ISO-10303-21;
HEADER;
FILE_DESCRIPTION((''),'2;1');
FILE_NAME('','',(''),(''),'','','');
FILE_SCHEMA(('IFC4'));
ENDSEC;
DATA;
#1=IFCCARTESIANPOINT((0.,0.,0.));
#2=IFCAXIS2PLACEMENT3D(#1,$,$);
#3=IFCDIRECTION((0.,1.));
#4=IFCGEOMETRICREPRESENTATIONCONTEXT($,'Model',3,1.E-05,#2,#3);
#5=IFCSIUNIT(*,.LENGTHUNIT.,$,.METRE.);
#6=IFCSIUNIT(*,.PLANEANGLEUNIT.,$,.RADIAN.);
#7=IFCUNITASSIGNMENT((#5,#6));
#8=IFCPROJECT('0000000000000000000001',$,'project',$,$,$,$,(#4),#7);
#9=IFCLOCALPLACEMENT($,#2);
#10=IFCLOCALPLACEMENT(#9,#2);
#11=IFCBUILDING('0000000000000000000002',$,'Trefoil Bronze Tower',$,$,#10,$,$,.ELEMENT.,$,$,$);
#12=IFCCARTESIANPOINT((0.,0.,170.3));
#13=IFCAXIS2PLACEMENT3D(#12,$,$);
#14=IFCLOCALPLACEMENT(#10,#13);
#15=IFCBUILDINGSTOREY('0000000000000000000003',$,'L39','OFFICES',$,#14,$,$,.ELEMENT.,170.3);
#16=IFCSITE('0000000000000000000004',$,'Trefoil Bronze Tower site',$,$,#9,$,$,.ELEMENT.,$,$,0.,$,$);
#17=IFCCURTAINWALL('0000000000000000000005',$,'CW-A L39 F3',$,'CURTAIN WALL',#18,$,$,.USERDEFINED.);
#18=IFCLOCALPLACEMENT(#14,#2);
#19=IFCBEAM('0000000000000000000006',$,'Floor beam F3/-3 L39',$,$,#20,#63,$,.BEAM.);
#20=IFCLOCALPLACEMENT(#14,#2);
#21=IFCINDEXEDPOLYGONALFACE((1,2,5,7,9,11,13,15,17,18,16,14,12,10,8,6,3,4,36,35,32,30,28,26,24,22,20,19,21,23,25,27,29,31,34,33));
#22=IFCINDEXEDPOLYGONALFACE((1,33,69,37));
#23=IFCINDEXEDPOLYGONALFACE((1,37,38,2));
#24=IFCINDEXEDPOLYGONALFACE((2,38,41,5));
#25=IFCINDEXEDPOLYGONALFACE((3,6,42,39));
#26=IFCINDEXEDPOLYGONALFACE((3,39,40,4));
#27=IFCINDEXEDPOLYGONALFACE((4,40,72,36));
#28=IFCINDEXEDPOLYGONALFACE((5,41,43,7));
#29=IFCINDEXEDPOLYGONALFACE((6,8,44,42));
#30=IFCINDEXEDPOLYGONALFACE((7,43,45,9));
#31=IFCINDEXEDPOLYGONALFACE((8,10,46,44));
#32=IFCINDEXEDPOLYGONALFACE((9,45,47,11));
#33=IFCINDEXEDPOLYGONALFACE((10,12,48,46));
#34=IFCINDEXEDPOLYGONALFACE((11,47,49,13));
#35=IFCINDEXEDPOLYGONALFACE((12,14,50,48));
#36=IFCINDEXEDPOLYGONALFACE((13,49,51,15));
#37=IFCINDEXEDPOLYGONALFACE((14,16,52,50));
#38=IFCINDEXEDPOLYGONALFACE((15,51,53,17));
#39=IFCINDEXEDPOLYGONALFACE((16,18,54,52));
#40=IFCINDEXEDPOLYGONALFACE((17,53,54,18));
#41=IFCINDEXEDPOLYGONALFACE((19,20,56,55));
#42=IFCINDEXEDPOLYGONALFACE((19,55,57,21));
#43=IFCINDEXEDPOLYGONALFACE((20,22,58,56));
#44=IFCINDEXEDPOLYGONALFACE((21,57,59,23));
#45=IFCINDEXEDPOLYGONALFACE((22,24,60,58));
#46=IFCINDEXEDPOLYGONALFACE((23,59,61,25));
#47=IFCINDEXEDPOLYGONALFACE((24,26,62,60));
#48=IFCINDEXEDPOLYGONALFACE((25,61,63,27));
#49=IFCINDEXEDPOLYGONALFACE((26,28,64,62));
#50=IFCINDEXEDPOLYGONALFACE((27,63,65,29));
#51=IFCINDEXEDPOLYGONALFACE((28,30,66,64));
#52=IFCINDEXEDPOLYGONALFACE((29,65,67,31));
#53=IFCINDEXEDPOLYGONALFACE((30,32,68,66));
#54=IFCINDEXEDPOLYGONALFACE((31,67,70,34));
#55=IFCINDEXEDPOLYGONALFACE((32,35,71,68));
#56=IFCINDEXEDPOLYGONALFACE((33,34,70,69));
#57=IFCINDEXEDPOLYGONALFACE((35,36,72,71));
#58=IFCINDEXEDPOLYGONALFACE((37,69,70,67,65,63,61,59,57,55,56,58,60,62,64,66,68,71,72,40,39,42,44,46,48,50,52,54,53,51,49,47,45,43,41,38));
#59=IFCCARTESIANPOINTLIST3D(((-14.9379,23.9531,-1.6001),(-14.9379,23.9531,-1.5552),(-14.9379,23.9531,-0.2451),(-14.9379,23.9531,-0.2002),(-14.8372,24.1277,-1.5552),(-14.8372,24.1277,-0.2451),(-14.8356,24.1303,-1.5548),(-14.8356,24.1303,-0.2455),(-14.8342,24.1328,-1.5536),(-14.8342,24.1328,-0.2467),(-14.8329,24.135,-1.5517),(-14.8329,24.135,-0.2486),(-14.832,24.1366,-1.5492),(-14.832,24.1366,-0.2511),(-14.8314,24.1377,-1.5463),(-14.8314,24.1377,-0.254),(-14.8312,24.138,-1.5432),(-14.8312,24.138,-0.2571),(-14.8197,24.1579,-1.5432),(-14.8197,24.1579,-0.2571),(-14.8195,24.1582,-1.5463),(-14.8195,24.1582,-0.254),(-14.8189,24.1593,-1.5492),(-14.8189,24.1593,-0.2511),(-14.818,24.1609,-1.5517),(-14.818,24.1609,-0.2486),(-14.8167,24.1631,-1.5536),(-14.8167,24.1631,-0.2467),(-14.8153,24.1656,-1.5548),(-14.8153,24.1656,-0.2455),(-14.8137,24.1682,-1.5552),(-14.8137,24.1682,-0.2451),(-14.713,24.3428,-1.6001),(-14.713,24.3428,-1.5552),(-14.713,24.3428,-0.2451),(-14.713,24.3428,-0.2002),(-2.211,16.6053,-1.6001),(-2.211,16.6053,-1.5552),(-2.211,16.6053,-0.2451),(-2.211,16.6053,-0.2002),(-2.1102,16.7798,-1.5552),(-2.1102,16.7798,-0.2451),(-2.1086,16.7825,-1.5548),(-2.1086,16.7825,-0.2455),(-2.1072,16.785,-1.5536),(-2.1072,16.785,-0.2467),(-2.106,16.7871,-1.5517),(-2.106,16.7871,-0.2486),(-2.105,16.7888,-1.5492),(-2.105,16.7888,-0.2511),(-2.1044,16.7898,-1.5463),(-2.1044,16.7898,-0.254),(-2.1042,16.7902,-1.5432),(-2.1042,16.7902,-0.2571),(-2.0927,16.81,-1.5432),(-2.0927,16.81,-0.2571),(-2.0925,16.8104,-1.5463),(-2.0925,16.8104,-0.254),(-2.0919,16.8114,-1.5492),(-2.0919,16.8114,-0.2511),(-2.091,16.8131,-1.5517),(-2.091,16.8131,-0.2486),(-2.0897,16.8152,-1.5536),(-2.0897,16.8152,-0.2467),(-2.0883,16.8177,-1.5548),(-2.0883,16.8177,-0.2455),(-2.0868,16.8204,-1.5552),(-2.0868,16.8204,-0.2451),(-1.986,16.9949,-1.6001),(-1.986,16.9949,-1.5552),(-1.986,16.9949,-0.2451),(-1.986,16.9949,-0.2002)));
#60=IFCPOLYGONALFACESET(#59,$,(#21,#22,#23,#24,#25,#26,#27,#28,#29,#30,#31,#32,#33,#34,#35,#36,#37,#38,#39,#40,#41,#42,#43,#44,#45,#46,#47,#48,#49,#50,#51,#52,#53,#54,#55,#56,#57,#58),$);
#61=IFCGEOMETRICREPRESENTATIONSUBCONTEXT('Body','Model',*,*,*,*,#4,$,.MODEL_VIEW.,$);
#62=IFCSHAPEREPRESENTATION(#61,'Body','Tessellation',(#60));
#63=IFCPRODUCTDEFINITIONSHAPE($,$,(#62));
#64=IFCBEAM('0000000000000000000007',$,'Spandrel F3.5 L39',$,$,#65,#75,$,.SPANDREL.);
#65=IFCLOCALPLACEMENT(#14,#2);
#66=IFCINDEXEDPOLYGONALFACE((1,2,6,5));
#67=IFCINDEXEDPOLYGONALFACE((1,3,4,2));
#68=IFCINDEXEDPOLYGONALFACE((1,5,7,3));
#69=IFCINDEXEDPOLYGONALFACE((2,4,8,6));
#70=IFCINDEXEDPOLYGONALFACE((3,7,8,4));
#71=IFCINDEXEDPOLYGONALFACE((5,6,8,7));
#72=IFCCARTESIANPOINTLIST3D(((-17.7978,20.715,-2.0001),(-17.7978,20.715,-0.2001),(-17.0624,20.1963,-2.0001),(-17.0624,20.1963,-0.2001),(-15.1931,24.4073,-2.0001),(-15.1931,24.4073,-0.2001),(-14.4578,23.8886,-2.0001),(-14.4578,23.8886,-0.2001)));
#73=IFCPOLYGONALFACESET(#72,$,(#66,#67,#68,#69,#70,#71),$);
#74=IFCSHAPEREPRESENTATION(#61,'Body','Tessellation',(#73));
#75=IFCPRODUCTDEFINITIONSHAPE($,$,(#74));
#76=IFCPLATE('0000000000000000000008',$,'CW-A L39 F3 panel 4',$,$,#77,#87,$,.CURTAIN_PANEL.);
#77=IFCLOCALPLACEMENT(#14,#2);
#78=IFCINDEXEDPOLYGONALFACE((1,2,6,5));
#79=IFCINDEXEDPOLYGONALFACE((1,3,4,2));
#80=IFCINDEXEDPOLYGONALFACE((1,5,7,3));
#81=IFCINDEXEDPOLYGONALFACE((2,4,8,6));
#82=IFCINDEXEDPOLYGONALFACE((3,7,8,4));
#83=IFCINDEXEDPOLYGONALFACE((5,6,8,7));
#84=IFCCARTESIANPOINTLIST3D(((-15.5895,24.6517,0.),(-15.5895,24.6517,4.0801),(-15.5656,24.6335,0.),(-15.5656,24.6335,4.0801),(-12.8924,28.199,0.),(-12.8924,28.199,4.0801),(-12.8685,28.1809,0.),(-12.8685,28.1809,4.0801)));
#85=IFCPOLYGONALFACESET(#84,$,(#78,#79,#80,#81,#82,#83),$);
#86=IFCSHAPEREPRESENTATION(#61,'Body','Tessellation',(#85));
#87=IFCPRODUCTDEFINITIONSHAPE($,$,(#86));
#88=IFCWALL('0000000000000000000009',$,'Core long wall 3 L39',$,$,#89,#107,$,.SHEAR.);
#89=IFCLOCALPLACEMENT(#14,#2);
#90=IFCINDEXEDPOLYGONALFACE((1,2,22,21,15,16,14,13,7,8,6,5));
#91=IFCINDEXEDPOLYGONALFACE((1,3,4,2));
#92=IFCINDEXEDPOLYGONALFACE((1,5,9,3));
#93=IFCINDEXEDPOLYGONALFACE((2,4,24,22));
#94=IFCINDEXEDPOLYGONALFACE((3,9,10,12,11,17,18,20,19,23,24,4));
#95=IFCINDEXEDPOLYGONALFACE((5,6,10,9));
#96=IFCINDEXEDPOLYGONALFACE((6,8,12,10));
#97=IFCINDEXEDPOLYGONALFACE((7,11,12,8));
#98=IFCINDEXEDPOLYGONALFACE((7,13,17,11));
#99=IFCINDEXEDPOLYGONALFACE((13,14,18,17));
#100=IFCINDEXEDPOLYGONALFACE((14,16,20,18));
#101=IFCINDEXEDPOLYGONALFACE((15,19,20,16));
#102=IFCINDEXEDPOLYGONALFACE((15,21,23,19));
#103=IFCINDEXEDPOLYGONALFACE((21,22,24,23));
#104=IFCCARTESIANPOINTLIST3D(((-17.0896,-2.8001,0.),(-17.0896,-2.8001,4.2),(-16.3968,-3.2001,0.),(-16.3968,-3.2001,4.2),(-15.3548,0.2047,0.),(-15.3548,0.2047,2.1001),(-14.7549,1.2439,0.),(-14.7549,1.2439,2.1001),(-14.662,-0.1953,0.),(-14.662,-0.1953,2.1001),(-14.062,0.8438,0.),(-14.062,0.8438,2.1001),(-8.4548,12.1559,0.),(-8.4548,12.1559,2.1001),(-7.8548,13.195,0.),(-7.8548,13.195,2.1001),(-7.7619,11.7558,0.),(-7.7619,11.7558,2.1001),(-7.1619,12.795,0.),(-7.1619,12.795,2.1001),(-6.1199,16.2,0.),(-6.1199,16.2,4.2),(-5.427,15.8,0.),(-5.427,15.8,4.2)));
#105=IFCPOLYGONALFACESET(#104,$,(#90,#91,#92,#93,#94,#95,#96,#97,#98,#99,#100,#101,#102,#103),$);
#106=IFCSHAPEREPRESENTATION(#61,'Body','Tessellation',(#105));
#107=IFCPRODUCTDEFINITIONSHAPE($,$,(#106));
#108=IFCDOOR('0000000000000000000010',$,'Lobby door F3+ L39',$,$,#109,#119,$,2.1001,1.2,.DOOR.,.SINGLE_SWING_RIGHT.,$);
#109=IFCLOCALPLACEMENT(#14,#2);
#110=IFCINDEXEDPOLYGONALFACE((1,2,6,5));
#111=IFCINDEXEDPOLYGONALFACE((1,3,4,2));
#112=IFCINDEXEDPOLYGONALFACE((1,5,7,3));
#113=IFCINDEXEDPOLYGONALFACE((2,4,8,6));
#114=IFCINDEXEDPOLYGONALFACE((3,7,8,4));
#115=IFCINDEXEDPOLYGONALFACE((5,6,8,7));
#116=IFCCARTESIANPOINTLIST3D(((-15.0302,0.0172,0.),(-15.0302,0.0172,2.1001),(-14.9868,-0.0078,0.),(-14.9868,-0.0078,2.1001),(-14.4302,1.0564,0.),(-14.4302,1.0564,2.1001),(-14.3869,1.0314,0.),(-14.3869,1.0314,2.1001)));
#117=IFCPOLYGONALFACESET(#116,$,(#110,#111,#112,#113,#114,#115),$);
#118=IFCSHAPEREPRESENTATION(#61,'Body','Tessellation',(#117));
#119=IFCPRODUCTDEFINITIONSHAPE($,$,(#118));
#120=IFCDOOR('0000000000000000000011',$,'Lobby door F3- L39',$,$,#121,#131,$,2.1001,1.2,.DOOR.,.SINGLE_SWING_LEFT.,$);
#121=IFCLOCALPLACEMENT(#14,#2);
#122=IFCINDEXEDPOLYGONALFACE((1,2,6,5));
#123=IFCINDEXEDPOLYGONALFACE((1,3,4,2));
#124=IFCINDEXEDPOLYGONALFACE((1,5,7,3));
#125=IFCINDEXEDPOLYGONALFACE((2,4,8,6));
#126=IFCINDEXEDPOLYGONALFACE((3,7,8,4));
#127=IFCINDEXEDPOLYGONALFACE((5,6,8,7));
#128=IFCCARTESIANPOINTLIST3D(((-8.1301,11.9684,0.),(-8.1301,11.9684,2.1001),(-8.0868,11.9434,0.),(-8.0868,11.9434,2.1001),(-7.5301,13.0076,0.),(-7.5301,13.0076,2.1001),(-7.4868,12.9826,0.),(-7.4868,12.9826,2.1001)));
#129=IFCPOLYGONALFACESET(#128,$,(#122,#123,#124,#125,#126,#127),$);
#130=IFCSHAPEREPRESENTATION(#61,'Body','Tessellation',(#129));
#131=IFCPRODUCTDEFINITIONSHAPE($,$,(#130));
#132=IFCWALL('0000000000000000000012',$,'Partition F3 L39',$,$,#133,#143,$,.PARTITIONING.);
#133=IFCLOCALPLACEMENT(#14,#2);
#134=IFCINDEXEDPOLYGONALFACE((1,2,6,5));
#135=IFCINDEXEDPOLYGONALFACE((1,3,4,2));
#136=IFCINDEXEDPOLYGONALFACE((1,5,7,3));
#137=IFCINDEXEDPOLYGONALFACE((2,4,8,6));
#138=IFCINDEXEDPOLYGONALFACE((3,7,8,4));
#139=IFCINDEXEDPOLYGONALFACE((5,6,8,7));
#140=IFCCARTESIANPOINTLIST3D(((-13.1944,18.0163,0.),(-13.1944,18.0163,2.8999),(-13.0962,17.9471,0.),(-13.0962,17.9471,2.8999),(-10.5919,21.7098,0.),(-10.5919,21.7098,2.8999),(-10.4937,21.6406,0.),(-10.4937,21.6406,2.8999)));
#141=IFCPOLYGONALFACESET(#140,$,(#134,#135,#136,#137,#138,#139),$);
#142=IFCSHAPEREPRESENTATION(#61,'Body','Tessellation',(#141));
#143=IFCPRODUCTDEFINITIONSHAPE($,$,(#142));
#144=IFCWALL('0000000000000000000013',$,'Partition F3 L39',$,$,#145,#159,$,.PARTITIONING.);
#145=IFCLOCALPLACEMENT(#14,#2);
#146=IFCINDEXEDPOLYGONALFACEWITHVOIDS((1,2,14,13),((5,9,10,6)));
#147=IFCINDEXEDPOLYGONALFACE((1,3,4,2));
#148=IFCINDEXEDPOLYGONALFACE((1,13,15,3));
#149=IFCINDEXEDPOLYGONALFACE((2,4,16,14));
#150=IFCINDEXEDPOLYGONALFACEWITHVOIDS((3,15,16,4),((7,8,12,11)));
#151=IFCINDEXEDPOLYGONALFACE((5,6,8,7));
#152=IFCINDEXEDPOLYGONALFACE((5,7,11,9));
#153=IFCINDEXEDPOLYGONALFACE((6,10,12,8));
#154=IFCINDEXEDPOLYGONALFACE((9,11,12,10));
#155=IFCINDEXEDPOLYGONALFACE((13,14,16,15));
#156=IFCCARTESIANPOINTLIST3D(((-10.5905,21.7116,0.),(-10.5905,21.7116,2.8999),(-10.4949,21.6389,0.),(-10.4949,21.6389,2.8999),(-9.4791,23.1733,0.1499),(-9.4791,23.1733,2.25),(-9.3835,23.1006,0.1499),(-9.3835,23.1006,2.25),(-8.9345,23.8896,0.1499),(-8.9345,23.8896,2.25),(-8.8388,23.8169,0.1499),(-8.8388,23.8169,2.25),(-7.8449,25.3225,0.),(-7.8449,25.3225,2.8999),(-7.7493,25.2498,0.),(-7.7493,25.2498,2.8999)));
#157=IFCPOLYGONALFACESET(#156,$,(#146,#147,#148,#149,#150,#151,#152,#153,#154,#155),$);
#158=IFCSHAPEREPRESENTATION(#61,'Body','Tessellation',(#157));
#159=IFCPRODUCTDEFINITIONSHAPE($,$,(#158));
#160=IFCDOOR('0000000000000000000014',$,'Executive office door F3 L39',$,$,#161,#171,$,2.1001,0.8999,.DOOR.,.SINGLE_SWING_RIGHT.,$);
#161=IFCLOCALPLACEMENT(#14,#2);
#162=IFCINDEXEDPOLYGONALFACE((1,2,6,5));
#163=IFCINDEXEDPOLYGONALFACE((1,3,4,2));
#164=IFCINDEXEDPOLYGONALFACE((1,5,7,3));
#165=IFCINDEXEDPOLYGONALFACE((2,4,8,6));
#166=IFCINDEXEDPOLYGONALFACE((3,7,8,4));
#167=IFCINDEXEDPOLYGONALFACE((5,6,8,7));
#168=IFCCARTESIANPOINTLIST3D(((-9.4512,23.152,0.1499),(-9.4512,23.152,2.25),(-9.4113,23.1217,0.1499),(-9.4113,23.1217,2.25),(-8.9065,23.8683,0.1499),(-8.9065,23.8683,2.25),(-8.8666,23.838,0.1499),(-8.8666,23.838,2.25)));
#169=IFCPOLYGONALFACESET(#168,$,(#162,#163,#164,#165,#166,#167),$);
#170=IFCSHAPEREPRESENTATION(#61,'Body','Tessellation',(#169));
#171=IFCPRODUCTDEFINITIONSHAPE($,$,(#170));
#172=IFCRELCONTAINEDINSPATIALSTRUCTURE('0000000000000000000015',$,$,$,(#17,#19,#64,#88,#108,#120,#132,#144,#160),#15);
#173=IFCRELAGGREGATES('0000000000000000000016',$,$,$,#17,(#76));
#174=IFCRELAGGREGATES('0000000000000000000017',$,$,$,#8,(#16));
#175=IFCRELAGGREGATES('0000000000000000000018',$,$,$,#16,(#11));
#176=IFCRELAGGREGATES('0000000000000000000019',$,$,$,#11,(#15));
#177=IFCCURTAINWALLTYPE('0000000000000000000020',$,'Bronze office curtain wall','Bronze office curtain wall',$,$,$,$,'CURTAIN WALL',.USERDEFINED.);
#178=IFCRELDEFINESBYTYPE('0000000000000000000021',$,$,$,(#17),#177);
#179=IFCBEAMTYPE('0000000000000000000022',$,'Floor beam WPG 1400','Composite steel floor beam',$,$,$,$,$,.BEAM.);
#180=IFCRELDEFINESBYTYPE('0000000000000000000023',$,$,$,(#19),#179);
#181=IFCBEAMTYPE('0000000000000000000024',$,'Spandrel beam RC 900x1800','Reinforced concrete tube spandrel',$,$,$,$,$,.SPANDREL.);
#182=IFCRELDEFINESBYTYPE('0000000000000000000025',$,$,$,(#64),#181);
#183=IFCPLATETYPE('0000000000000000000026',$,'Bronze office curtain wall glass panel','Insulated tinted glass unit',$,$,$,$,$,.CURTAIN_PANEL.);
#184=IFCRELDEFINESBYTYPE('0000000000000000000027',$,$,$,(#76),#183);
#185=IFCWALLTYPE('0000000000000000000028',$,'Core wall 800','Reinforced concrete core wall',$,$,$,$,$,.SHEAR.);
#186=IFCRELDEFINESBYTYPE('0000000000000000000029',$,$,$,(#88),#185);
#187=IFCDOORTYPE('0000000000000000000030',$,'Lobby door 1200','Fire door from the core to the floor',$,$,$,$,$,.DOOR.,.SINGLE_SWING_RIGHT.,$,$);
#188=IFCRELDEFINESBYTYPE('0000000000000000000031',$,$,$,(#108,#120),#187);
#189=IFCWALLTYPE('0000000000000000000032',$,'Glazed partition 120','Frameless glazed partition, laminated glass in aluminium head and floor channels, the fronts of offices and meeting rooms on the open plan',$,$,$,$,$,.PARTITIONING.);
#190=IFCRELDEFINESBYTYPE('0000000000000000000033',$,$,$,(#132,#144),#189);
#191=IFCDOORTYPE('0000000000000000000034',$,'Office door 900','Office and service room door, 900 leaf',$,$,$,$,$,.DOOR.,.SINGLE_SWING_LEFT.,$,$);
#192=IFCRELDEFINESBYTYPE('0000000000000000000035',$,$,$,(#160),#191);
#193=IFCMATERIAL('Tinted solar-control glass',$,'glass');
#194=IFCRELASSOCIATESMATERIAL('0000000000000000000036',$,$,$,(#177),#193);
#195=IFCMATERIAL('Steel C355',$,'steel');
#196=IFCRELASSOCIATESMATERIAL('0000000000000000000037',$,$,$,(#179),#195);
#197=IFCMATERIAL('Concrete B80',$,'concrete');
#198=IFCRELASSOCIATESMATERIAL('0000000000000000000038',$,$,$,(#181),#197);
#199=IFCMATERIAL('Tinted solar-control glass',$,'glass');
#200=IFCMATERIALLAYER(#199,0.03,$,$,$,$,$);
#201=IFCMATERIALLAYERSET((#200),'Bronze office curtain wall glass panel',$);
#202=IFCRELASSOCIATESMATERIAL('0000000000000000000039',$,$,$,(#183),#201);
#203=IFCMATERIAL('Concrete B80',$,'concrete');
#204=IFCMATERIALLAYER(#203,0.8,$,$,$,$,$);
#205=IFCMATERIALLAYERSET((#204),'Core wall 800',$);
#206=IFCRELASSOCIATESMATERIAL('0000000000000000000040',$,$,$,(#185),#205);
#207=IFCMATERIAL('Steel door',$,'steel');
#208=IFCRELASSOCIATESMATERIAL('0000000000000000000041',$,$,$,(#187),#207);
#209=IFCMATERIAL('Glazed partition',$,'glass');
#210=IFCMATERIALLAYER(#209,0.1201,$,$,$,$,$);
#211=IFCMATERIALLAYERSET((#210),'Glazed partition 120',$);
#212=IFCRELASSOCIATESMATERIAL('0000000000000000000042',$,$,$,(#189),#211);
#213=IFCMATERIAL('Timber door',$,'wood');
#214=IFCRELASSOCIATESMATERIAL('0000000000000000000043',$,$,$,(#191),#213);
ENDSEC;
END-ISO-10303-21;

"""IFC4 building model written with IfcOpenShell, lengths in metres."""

from ifc_helpers import new_model, si_unit, direction, frame, frame_2d, origin, origin_2d, place, context, subcontext, project, spatial, rectangle, i_section, extrude, material, layer, layer_set, material_profile, profile_set, type_object, element, fill, aggregate, save


model = new_model("IFC4")

# Units and contexts
model_context = context("Model", 3, precision=1e-05, world=origin(), true_north=direction((0.0, 1.0)))
body_context = subcontext(model_context, "Body", "Model", "MODEL_VIEW")
ifc_project = project(units=[si_unit("LENGTHUNIT", "METRE"), si_unit("PLANEANGLEUNIT", "RADIAN")], contexts=[model_context])

# Site, building, storey
site_placement = place(None, origin())
site = spatial("IfcSite", under=ifc_project, at=site_placement, Name="Trefoil Bronze Tower site", CompositionType="ELEMENT", RefElevation=0.0)
building_placement = place(site_placement, origin())
building = spatial("IfcBuilding", under=site, at=building_placement, Name="Trefoil Bronze Tower", CompositionType="ELEMENT")
storey_placement = place(building_placement, frame((0.0, 0.0, 170.3)))
storey = spatial("IfcBuildingStorey", under=building, at=storey_placement, Name="L39", Description="OFFICES", CompositionType="ELEMENT", Elevation=170.3)

# Curtain wall
ifc_material_1 = material(Name="Tinted solar-control glass", Category="glass")
curtain_wall_type = type_object("IfcCurtainWallType", Name="Bronze office curtain wall", Description="Bronze office curtain wall", ElementType="CURTAIN WALL", PredefinedType="USERDEFINED", material=ifc_material_1)
curtain_wall_placement = place(storey_placement, origin())
curtain_wall = element("IfcCurtainWall", 1, at=curtain_wall_placement, inside=storey, type_object=curtain_wall_type, Name="CW-A L39 F3", ObjectType="CURTAIN WALL", PredefinedType="USERDEFINED")

# Beams
ifc_material_2 = material(Name="Steel C355", Category="steel")
ifc_material_profile_1 = material_profile(ifc_material_2, i_section(OverallWidth=0.45, OverallDepth=1.3999, WebThickness=0.0229, FlangeThickness=0.0449, FilletRadius=0.012, at=origin_2d()), Name="WPG 1400")
ifc_profile_set_1 = profile_set([ifc_material_profile_1], Name="Steel C355")
beam_type_1 = type_object("IfcBeamType", Name="Floor beam WPG 1400", Description="Composite steel floor beam", PredefinedType="BEAM", material=ifc_profile_set_1)
beam_1_placement = place(storey_placement, frame((-14.8254, 24.1479, -0.9001), z_axis=(0.866027, -0.499997, 0.0), x_axis=(0.499997, 0.866027, 0.0)))
element("IfcBeam", 2, at=beam_1_placement, inside=storey, type_object=beam_type_1, Name="Floor beam F3/-3 L39", PredefinedType="BEAM", context=body_context, shape_type="SweptSolid", body=[
    extrude(i_section(OverallWidth=0.45, OverallDepth=1.3999, WebThickness=0.0229, FlangeThickness=0.0449, FilletRadius=0.012, at=origin_2d()), origin(), (0.0, 0.0, 1.0), 14.6958),
])
ifc_material_3 = material(Name="Concrete B80", Category="concrete")
ifc_material_profile_2 = material_profile(ifc_material_3, rectangle(XDim=0.8999, YDim=1.8, at=origin_2d()), Name="RC 900x1800")
ifc_profile_set_2 = profile_set([ifc_material_profile_2], Name="Concrete B80")
beam_type_2 = type_object("IfcBeamType", Name="Spandrel beam RC 900x1800", Description="Reinforced concrete tube spandrel", PredefinedType="SPANDREL", material=ifc_profile_set_2)
beam_2_placement = place(storey_placement, frame((-14.8254, 24.1479, -1.1001), z_axis=(-0.576439, -0.81714, 0.0), x_axis=(0.81714, -0.576439, 0.0)))
element("IfcBeam", 3, at=beam_2_placement, inside=storey, type_object=beam_type_2, Name="Spandrel F3.5 L39", PredefinedType="SPANDREL", context=body_context, shape_type="SweptSolid", body=[
    extrude(rectangle(XDim=0.8999, YDim=1.8, at=origin_2d()), origin(), (0.0, 0.0, 1.0), 4.5186),
])

# Plate
ifc_material_4 = material(Name="Tinted solar-control glass", Category="glass")
ifc_layer_1 = layer(ifc_material_4, 0.03)
ifc_layer_set_1 = layer_set([ifc_layer_1], Name="Bronze office curtain wall glass panel")
plate_type = type_object("IfcPlateType", Name="Bronze office curtain wall glass panel", Description="Insulated tinted glass unit", PredefinedType="CURTAIN_PANEL", material=ifc_layer_set_1)
plate_placement = place(storey_placement, frame((-14.229, 26.4163, 0.0), z_axis=(0.0, 0.0, 1.0), x_axis=(-0.605252, -0.796034, 0.0)))
plate = element("IfcPlate", 4, at=plate_placement, type_object=plate_type, Name="CW-A L39 F3 panel 4", PredefinedType="CURTAIN_PANEL", context=body_context, shape_type="SweptSolid", body=[
    extrude(rectangle(XDim=4.4563, YDim=0.03, at=origin_2d()), origin(), (0.0, 0.0, 1.0), 4.0801),
])
aggregate(curtain_wall, [plate])

# Wall, openings, doors
ifc_material_5 = material(Name="Concrete B80", Category="concrete")
ifc_layer_2 = layer(ifc_material_5, 0.8)
ifc_layer_set_2 = layer_set([ifc_layer_2], Name="Core wall 800")
wall_type_1 = type_object("IfcWallType", Name="Core wall 800", Description="Reinforced concrete core wall", PredefinedType="SHEAR", material=ifc_layer_set_2)
wall_1_placement = place(storey_placement, frame((-5.7734, 16.0, 0.0), z_axis=(0.0, 0.0, 1.0), x_axis=(-0.500002, -0.866024, 0.0)))
wall_1 = element("IfcWall", 5, at=wall_1_placement, inside=storey, type_object=wall_type_1, Name="Core long wall 3 L39", PredefinedType="SHEAR", context=body_context, shape_type="SweptSolid", body=[
    extrude(rectangle(XDim=21.9395, YDim=0.8, at=frame_2d((10.9697, 0.0))), origin(), (0.0, 0.0, 1.0), 4.2),
])
opening_1_placement = place(wall_1_placement, frame((17.2698, 0.0, 0.0)))
opening_1 = element("IfcOpeningElement", 6, at=opening_1_placement, cuts=wall_1, PredefinedType="OPENING", context=body_context, shape_type="SweptSolid", body=[
    extrude(rectangle(XDim=1.2, YDim=2.1001, at=frame_2d((0.6001, 1.05))), frame((0.0, 0.4099, 0.0), z_axis=(0.0, -1.0, 0.0), x_axis=(1.0, 0.0, 0.0)), (0.0, 0.0, 1.0), 0.8201),
])
opening_2_placement = place(wall_1_placement, frame((3.4697, 0.0, 0.0)))
opening_2 = element("IfcOpeningElement", 7, at=opening_2_placement, cuts=wall_1, PredefinedType="OPENING", context=body_context, shape_type="SweptSolid", body=[
    extrude(rectangle(XDim=1.2, YDim=2.1001, at=frame_2d((0.6001, 1.05))), frame((0.0, 0.4099, 0.0), z_axis=(0.0, -1.0, 0.0), x_axis=(1.0, 0.0, 0.0)), (0.0, 0.0, 1.0), 0.8201),
])
ifc_material_6 = material(Name="Steel door", Category="steel")
door_type_1 = type_object("IfcDoorType", Name="Lobby door 1200", Description="Fire door from the core to the floor", OperationType="SINGLE_SWING_RIGHT", PredefinedType="DOOR", material=ifc_material_6)
door_1_placement = place(opening_1_placement, origin())
door_1 = element("IfcDoor", 8, at=door_1_placement, inside=storey, type_object=door_type_1, Name="Lobby door F3+ L39", OperationType="SINGLE_SWING_RIGHT", OverallHeight=2.1001, OverallWidth=1.2, PredefinedType="DOOR", context=body_context, shape_type="SweptSolid", body=[
    extrude(rectangle(XDim=1.2, YDim=2.1001, at=frame_2d((0.6001, 1.05))), frame((0.0, 0.0249, 0.0), z_axis=(0.0, -1.0, 0.0), x_axis=(1.0, 0.0, 0.0)), (0.0, 0.0, 1.0), 0.05),
])
fill(opening_1, door_1)
door_2_placement = place(opening_2_placement, origin())
door_2 = element("IfcDoor", 9, at=door_2_placement, inside=storey, type_object=door_type_1, Name="Lobby door F3- L39", OperationType="SINGLE_SWING_LEFT", OverallHeight=2.1001, OverallWidth=1.2, PredefinedType="DOOR", context=body_context, shape_type="SweptSolid", body=[
    extrude(rectangle(XDim=1.2, YDim=2.1001, at=frame_2d((0.6001, 1.05))), frame((0.0, 0.0249, 0.0), z_axis=(0.0, -1.0, 0.0), x_axis=(1.0, 0.0, 0.0)), (0.0, 0.0, 1.0), 0.05),
])
fill(opening_2, door_2)

# Wall
ifc_material_7 = material(Name="Glazed partition", Category="glass")
ifc_layer_3 = layer(ifc_material_7, 0.1201)
ifc_layer_set_3 = layer_set([ifc_layer_3], Name="Glazed partition 120")
wall_type_2 = type_object("IfcWallType", Name="Glazed partition 120", Description="Frameless glazed partition, laminated glass in aluminium head and floor channels, the fronts of offices and meeting rooms on the open plan", PredefinedType="PARTITIONING", material=ifc_layer_set_3)
wall_2_placement = place(storey_placement, frame((-10.5427, 21.6753, 0.0), z_axis=(0.0, 0.0, 1.0), x_axis=(-0.575987, -0.817459, 0.0)))
element("IfcWall", 10, at=wall_2_placement, inside=storey, type_object=wall_type_2, Name="Partition F3 L39", PredefinedType="PARTITIONING", context=body_context, shape_type="SweptSolid", body=[
    extrude(rectangle(XDim=4.5183, YDim=0.1201, at=frame_2d((2.2593, 0.0))), origin(), (0.0, 0.0, 1.0), 2.8999),
])

# Wall, opening, door
wall_3_placement = place(storey_placement, frame((-7.7971, 25.2861, 0.0), z_axis=(0.0, 0.0, 1.0), x_axis=(-0.605274, -0.796017, 0.0)))
wall_3 = element("IfcWall", 11, at=wall_3_placement, inside=storey, type_object=wall_type_2, Name="Partition F3 L39", PredefinedType="PARTITIONING", context=body_context, shape_type="SweptSolid", body=[
    extrude(rectangle(XDim=4.5361, YDim=0.1201, at=frame_2d((2.2681, 0.0))), origin(), (0.0, 0.0, 1.0), 2.8999),
])
opening_3_placement = place(wall_3_placement, frame((1.8, 0.0, 0.1499)))
opening_3 = element("IfcOpeningElement", 12, at=opening_3_placement, cuts=wall_3, PredefinedType="OPENING", context=body_context, shape_type="SweptSolid", body=[
    extrude(rectangle(XDim=0.8999, YDim=2.1001, at=frame_2d((0.45, 1.05))), frame((0.0, 0.0701, 0.0), z_axis=(0.0, -1.0, 0.0), x_axis=(1.0, 0.0, 0.0)), (0.0, 0.0, 1.0), 0.1401),
])
ifc_material_8 = material(Name="Timber door", Category="wood")
door_type_2 = type_object("IfcDoorType", Name="Office door 900", Description="Office and service room door, 900 leaf", OperationType="SINGLE_SWING_LEFT", PredefinedType="DOOR", material=ifc_material_8)
door_3_placement = place(opening_3_placement, frame((0.8999, 0.0, 0.0), z_axis=(0.0, 0.0, 1.0), x_axis=(-1.0, 0.0, 0.0)))
door_3 = element("IfcDoor", 13, at=door_3_placement, inside=storey, type_object=door_type_2, Name="Executive office door F3 L39", OperationType="SINGLE_SWING_RIGHT", OverallHeight=2.1001, OverallWidth=0.8999, PredefinedType="DOOR", context=body_context, shape_type="SweptSolid", body=[
    extrude(rectangle(XDim=0.8999, YDim=2.1001, at=frame_2d((0.45, 1.05))), frame((0.0, 0.0249, 0.0), z_axis=(0.0, -1.0, 0.0), x_axis=(1.0, 0.0, 0.0)), (0.0, 0.0, 1.0), 0.05),
])
fill(opening_3, door_3)

save(model, "model.ifc")
